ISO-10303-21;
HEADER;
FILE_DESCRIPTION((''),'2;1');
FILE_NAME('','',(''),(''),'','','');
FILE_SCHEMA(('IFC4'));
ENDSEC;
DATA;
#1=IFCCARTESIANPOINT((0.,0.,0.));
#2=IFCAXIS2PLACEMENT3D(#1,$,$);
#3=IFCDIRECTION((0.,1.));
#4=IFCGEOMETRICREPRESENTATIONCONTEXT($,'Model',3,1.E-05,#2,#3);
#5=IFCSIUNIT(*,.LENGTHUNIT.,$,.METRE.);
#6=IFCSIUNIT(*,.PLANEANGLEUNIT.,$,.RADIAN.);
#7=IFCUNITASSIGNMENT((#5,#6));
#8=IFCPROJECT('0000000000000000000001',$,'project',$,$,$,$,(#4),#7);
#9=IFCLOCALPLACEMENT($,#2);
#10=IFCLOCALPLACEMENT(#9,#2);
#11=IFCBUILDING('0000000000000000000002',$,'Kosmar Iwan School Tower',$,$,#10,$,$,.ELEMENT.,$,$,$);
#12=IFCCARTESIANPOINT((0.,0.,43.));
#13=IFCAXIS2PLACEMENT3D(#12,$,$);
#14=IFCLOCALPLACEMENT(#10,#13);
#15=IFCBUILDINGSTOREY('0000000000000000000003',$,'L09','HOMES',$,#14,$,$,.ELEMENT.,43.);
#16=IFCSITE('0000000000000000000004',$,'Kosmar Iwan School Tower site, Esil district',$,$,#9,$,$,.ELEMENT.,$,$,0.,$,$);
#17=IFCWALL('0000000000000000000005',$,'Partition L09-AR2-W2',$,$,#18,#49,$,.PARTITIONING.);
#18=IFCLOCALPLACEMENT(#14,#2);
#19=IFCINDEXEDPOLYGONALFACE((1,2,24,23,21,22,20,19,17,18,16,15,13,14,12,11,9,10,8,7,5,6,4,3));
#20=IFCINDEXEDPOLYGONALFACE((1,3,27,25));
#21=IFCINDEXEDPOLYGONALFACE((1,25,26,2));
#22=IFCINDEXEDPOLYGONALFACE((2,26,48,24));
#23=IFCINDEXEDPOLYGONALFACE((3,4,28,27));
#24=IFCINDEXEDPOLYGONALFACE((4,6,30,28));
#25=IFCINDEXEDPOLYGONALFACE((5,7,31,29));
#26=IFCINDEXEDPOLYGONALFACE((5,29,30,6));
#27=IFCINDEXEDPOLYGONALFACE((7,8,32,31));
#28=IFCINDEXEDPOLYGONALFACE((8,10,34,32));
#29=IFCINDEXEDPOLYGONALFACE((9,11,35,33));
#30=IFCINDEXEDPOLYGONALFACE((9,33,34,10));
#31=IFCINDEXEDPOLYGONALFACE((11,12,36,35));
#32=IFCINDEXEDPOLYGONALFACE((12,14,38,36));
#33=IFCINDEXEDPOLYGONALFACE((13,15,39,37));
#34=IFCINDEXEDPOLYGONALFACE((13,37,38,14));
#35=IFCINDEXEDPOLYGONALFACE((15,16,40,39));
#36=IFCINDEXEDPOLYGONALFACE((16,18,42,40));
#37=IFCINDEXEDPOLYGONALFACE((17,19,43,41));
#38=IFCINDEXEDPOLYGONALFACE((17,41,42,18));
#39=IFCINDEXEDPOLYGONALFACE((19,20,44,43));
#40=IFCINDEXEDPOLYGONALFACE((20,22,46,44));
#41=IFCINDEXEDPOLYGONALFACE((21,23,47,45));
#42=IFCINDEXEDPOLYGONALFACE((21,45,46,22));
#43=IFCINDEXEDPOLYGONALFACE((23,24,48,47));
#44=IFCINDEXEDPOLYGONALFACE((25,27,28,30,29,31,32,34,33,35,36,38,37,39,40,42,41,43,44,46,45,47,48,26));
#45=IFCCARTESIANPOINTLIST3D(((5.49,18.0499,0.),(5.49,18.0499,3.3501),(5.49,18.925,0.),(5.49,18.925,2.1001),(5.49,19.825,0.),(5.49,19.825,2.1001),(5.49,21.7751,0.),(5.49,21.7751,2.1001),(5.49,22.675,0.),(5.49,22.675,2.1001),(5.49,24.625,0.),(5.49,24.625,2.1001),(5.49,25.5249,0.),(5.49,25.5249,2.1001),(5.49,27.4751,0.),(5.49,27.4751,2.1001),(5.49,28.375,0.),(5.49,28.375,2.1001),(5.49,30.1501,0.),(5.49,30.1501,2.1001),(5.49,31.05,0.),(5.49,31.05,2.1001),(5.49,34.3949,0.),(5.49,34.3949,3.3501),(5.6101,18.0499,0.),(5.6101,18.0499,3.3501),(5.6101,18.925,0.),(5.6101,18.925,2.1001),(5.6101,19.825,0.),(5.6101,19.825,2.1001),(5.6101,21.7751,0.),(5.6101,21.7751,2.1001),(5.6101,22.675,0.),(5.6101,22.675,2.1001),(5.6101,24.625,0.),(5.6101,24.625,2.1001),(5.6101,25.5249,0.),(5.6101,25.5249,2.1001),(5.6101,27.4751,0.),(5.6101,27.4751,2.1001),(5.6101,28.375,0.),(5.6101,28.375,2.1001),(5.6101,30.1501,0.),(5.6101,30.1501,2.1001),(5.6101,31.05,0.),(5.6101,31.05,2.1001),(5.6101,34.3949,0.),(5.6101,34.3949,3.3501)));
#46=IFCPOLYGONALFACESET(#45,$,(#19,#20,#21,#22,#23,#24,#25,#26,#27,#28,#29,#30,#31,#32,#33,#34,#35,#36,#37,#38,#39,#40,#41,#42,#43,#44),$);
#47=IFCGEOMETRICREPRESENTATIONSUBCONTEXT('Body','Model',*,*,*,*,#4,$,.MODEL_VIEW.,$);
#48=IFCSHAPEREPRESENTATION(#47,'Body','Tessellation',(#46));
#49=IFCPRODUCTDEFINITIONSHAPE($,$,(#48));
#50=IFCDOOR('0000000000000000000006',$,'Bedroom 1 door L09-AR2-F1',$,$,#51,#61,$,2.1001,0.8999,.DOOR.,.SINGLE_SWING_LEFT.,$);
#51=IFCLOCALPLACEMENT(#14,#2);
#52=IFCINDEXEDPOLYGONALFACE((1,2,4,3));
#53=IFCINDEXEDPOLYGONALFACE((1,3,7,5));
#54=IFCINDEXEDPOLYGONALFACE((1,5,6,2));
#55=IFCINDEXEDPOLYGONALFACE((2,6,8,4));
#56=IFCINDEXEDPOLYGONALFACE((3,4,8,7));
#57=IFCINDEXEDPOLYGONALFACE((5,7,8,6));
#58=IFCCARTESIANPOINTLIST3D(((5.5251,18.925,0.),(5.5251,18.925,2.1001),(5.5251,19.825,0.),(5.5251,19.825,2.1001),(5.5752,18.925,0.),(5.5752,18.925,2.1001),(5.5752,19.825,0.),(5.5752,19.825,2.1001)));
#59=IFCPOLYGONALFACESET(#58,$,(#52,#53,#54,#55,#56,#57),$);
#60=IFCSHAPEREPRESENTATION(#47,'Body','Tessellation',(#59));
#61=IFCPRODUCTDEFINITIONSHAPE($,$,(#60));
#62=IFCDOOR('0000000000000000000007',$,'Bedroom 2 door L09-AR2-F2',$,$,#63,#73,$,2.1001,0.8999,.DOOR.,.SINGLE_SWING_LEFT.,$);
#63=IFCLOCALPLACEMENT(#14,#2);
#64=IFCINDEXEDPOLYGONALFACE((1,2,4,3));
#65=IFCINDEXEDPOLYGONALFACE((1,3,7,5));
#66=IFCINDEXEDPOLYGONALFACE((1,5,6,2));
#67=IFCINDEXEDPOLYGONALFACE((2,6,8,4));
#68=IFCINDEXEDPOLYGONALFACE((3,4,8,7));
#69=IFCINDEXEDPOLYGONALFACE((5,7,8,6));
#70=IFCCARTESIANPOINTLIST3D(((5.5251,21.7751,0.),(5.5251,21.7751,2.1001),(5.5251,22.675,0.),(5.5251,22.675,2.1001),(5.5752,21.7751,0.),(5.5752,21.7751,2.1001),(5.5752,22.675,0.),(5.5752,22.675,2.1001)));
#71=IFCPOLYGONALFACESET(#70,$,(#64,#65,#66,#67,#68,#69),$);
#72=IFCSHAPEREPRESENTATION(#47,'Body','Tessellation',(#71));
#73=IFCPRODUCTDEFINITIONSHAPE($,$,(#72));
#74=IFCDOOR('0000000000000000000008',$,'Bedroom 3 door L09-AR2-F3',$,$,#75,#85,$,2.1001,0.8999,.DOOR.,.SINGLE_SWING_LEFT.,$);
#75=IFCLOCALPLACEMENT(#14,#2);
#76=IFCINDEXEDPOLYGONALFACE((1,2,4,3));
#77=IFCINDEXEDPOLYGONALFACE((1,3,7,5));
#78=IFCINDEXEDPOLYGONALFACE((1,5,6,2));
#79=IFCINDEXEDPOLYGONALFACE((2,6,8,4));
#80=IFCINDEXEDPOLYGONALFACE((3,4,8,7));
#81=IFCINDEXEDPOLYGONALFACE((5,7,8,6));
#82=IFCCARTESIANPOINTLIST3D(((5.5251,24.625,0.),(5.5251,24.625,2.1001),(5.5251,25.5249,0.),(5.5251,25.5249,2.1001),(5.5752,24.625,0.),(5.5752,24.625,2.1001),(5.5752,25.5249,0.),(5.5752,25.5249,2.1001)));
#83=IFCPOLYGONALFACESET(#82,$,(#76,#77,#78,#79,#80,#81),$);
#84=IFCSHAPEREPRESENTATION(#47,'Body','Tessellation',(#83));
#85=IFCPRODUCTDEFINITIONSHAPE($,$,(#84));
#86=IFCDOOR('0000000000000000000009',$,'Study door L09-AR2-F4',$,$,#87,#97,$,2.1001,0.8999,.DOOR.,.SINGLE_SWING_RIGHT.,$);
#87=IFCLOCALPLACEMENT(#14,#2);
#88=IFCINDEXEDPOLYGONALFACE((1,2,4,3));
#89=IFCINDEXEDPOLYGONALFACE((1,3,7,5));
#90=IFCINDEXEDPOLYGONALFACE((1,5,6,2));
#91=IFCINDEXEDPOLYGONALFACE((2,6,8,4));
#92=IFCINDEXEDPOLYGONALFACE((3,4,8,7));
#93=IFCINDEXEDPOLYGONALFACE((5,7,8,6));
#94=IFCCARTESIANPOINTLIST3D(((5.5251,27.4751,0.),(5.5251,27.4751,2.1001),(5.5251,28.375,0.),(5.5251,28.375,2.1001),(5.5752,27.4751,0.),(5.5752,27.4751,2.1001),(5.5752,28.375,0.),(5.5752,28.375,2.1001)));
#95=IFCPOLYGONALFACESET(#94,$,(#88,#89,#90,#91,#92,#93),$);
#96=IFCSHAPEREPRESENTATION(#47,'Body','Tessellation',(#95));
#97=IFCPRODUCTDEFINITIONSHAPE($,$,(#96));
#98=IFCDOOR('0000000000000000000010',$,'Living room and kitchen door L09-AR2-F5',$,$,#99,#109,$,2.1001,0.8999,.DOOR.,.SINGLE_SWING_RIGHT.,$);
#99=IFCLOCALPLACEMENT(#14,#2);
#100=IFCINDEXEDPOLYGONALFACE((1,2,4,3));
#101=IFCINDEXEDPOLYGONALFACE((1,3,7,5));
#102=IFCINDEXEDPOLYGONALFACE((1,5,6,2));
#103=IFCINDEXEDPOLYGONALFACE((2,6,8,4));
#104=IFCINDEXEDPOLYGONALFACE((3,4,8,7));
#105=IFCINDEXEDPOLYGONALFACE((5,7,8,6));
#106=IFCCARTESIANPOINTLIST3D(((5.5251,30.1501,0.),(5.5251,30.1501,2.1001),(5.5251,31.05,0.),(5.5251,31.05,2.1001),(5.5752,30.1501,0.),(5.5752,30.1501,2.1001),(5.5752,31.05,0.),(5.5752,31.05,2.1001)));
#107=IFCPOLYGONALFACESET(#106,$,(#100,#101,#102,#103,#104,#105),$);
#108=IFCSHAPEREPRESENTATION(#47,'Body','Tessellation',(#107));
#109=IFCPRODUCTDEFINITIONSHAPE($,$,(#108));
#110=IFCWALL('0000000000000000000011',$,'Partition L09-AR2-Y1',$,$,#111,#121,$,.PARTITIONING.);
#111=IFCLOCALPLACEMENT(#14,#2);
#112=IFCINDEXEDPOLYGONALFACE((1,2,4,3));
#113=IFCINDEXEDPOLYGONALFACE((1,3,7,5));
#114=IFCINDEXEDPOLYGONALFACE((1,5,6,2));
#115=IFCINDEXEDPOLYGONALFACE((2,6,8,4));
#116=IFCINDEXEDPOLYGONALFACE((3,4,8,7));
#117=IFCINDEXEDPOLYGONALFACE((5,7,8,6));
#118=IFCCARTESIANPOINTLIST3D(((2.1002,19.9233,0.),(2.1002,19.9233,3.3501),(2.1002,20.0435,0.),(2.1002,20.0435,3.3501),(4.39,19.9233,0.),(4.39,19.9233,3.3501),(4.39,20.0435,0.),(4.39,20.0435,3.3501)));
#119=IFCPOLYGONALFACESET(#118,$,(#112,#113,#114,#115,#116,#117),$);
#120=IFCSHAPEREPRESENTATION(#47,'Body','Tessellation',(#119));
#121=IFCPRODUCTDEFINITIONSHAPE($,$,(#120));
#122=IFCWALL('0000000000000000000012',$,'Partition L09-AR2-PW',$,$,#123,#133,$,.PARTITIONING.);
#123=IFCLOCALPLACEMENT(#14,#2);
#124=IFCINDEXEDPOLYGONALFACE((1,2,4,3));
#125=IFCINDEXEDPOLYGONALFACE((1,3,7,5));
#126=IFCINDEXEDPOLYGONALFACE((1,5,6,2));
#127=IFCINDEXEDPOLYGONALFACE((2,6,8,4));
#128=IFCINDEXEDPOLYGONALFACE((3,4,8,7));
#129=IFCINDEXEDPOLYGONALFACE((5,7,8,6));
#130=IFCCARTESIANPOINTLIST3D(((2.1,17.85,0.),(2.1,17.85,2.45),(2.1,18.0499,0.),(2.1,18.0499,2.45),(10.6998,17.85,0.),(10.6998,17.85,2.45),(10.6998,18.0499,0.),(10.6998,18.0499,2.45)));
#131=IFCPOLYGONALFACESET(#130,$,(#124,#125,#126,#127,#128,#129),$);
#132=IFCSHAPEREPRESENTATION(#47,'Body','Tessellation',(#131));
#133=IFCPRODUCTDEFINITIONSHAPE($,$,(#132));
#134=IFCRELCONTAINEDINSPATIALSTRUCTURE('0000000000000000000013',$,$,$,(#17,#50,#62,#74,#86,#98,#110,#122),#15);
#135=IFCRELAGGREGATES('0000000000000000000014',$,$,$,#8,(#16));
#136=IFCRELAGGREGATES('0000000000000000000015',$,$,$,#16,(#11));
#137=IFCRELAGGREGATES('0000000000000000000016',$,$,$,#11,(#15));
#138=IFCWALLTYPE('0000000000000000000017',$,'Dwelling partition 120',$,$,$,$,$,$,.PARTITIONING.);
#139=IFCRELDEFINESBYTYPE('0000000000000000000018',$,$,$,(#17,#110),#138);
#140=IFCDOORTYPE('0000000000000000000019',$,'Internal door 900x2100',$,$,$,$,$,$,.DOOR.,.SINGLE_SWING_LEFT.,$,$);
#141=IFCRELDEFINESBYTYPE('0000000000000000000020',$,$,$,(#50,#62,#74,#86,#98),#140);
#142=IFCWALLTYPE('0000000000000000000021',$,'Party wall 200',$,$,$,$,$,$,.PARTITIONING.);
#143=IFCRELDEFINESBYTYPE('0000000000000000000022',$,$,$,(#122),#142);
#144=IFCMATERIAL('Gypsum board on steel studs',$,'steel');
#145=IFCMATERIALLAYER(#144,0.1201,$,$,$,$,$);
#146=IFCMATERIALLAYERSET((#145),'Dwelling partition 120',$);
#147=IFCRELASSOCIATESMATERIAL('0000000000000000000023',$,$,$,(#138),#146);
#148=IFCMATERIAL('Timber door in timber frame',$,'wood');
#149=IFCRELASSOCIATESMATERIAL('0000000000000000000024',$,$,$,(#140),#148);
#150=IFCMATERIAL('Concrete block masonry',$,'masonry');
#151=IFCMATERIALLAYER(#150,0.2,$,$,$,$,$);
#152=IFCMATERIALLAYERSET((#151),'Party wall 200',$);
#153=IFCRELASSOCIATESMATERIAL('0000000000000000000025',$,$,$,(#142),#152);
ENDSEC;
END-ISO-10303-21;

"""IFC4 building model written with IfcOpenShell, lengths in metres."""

from ifc_helpers import new_model, si_unit, direction, frame, frame_2d, origin, place, context, subcontext, project, spatial, rectangle, extrude, material, layer, layer_set, type_object, element, fill, save


model = new_model("IFC4")

# Units and contexts
model_context = context("Model", 3, precision=1e-05, world=origin(), true_north=direction((0.0, 1.0)))
body_context = subcontext(model_context, "Body", "Model", "MODEL_VIEW")
ifc_project = project(units=[si_unit("LENGTHUNIT", "METRE"), si_unit("PLANEANGLEUNIT", "RADIAN")], contexts=[model_context])

# Site, building, storey
site_placement = place(None, origin())
site = spatial("IfcSite", under=ifc_project, at=site_placement, Name="Kosmar Iwan School Tower site, Esil district", CompositionType="ELEMENT", RefElevation=0.0)
building_placement = place(site_placement, origin())
building = spatial("IfcBuilding", under=site, at=building_placement, Name="Kosmar Iwan School Tower", CompositionType="ELEMENT")
storey_placement = place(building_placement, frame((0.0, 0.0, 43.0)))
storey = spatial("IfcBuildingStorey", under=building, at=storey_placement, Name="L09", Description="HOMES", CompositionType="ELEMENT", Elevation=43.0)

# Shared definitions
ifc_material_1 = material(Name="Gypsum board on steel studs", Category="steel")
ifc_layer_1 = layer(ifc_material_1, 0.1201)
ifc_layer_set_1 = layer_set([ifc_layer_1], Name="Dwelling partition 120")
wall_type_1 = type_object("IfcWallType", Name="Dwelling partition 120", PredefinedType="PARTITIONING", material=ifc_layer_set_1)

# Wall, openings, doors
ifc_material_2 = material(Name="Timber door in timber frame", Category="wood")
door_type_1 = type_object("IfcDoorType", Name="Internal door 900x2100", OperationType="SINGLE_SWING_LEFT", PredefinedType="DOOR", material=ifc_material_2)
wall_1_placement = place(storey_placement, frame((5.55, 18.05, 0.0), z_axis=(0.0, 0.0, 1.0), x_axis=(0.0, 1.0, 0.0)))
wall_1 = element("IfcWall", 1, at=wall_1_placement, inside=storey, type_object=wall_type_1, Name="Partition L09-AR2-W2", PredefinedType="PARTITIONING", context=body_context, shape_type="SweptSolid", body=[
    extrude(rectangle(XDim=16.345, YDim=0.1201, at=frame_2d((8.1724, 0.0))), origin(), (0.0, 0.0, 1.0), 3.3501),
])
opening_1_placement = place(wall_1_placement, frame((0.875, 0.0, 0.0)))
opening_1 = element("IfcOpeningElement", 2, at=opening_1_placement, cuts=wall_1, PredefinedType="OPENING", context=body_context, shape_type="SweptSolid", body=[
    extrude(rectangle(XDim=0.8999, YDim=2.1001, at=frame_2d((0.45, 1.05))), frame((0.0, 0.072, 0.0), z_axis=(0.0, -1.0, 0.0), x_axis=(1.0, 0.0, 0.0)), (0.0, 0.0, 1.0), 0.144),
])
opening_2_placement = place(wall_1_placement, frame((3.7251, 0.0, 0.0)))
opening_2 = element("IfcOpeningElement", 3, at=opening_2_placement, cuts=wall_1, PredefinedType="OPENING", context=body_context, shape_type="SweptSolid", body=[
    extrude(rectangle(XDim=0.8999, YDim=2.1001, at=frame_2d((0.45, 1.05))), frame((0.0, 0.072, 0.0), z_axis=(0.0, -1.0, 0.0), x_axis=(1.0, 0.0, 0.0)), (0.0, 0.0, 1.0), 0.144),
])
opening_3_placement = place(wall_1_placement, frame((6.575, 0.0, 0.0)))
opening_3 = element("IfcOpeningElement", 4, at=opening_3_placement, cuts=wall_1, PredefinedType="OPENING", context=body_context, shape_type="SweptSolid", body=[
    extrude(rectangle(XDim=0.8999, YDim=2.1001, at=frame_2d((0.45, 1.05))), frame((0.0, 0.072, 0.0), z_axis=(0.0, -1.0, 0.0), x_axis=(1.0, 0.0, 0.0)), (0.0, 0.0, 1.0), 0.144),
])
opening_4_placement = place(wall_1_placement, frame((9.425, 0.0, 0.0)))
opening_4 = element("IfcOpeningElement", 5, at=opening_4_placement, cuts=wall_1, PredefinedType="OPENING", context=body_context, shape_type="SweptSolid", body=[
    extrude(rectangle(XDim=0.8999, YDim=2.1001, at=frame_2d((0.45, 1.05))), frame((0.0, 0.072, 0.0), z_axis=(0.0, -1.0, 0.0), x_axis=(1.0, 0.0, 0.0)), (0.0, 0.0, 1.0), 0.144),
])
opening_5_placement = place(wall_1_placement, frame((12.1001, 0.0, 0.0)))
opening_5 = element("IfcOpeningElement", 6, at=opening_5_placement, cuts=wall_1, PredefinedType="OPENING", context=body_context, shape_type="SweptSolid", body=[
    extrude(rectangle(XDim=0.8999, YDim=2.1001, at=frame_2d((0.45, 1.05))), frame((0.0, 0.072, 0.0), z_axis=(0.0, -1.0, 0.0), x_axis=(1.0, 0.0, 0.0)), (0.0, 0.0, 1.0), 0.144),
])
door_1_placement = place(opening_1_placement, origin())
door_1 = element("IfcDoor", 7, at=door_1_placement, inside=storey, type_object=door_type_1, Name="Bedroom 1 door L09-AR2-F1", OperationType="SINGLE_SWING_LEFT", OverallHeight=2.1001, OverallWidth=0.8999, PredefinedType="DOOR", context=body_context, shape_type="SweptSolid", body=[
    extrude(rectangle(XDim=0.8999, YDim=2.1001, at=frame_2d((0.45, 1.05))), frame((0.0, 0.0249, 0.0), z_axis=(0.0, -1.0, 0.0), x_axis=(1.0, 0.0, 0.0)), (0.0, 0.0, 1.0), 0.05),
])
fill(opening_1, door_1)
door_2_placement = place(opening_2_placement, origin())
door_2 = element("IfcDoor", 8, at=door_2_placement, inside=storey, type_object=door_type_1, Name="Bedroom 2 door L09-AR2-F2", OperationType="SINGLE_SWING_LEFT", OverallHeight=2.1001, OverallWidth=0.8999, PredefinedType="DOOR", context=body_context, shape_type="SweptSolid", body=[
    extrude(rectangle(XDim=0.8999, YDim=2.1001, at=frame_2d((0.45, 1.05))), frame((0.0, 0.0249, 0.0), z_axis=(0.0, -1.0, 0.0), x_axis=(1.0, 0.0, 0.0)), (0.0, 0.0, 1.0), 0.05),
])
fill(opening_2, door_2)
door_3_placement = place(opening_3_placement, origin())
door_3 = element("IfcDoor", 9, at=door_3_placement, inside=storey, type_object=door_type_1, Name="Bedroom 3 door L09-AR2-F3", OperationType="SINGLE_SWING_LEFT", OverallHeight=2.1001, OverallWidth=0.8999, PredefinedType="DOOR", context=body_context, shape_type="SweptSolid", body=[
    extrude(rectangle(XDim=0.8999, YDim=2.1001, at=frame_2d((0.45, 1.05))), frame((0.0, 0.0249, 0.0), z_axis=(0.0, -1.0, 0.0), x_axis=(1.0, 0.0, 0.0)), (0.0, 0.0, 1.0), 0.05),
])
fill(opening_3, door_3)
door_4_placement = place(opening_4_placement, origin())
door_4 = element("IfcDoor", 10, at=door_4_placement, inside=storey, type_object=door_type_1, Name="Study door L09-AR2-F4", OperationType="SINGLE_SWING_RIGHT", OverallHeight=2.1001, OverallWidth=0.8999, PredefinedType="DOOR", context=body_context, shape_type="SweptSolid", body=[
    extrude(rectangle(XDim=0.8999, YDim=2.1001, at=frame_2d((0.45, 1.05))), frame((0.0, 0.0249, 0.0), z_axis=(0.0, -1.0, 0.0), x_axis=(1.0, 0.0, 0.0)), (0.0, 0.0, 1.0), 0.05),
])
fill(opening_4, door_4)
door_5_placement = place(opening_5_placement, origin())
door_5 = element("IfcDoor", 11, at=door_5_placement, inside=storey, type_object=door_type_1, Name="Living room and kitchen door L09-AR2-F5", OperationType="SINGLE_SWING_RIGHT", OverallHeight=2.1001, OverallWidth=0.8999, PredefinedType="DOOR", context=body_context, shape_type="SweptSolid", body=[
    extrude(rectangle(XDim=0.8999, YDim=2.1001, at=frame_2d((0.45, 1.05))), frame((0.0, 0.0249, 0.0), z_axis=(0.0, -1.0, 0.0), x_axis=(1.0, 0.0, 0.0)), (0.0, 0.0, 1.0), 0.05),
])
fill(opening_5, door_5)

# Walls
wall_2_placement = place(storey_placement, frame((2.1001, 19.9834, 0.0), z_axis=(0.0, 0.0, 1.0), x_axis=(1.0, 0.0, 0.0)))
element("IfcWall", 12, at=wall_2_placement, inside=storey, type_object=wall_type_1, Name="Partition L09-AR2-Y1", PredefinedType="PARTITIONING", context=body_context, shape_type="SweptSolid", body=[
    extrude(rectangle(XDim=2.2898, YDim=0.1201, at=frame_2d((1.145, 0.0))), origin(), (0.0, 0.0, 1.0), 3.3501),
])
ifc_material_3 = material(Name="Concrete block masonry", Category="masonry")
ifc_layer_2 = layer(ifc_material_3, 0.2)
ifc_layer_set_2 = layer_set([ifc_layer_2], Name="Party wall 200")
wall_type_2 = type_object("IfcWallType", Name="Party wall 200", PredefinedType="PARTITIONING", material=ifc_layer_set_2)
wall_3_placement = place(storey_placement, frame((2.1001, 17.95, 0.0), z_axis=(0.0, 0.0, 1.0), x_axis=(1.0, 0.0, 0.0)))
element("IfcWall", 13, at=wall_3_placement, inside=storey, type_object=wall_type_2, Name="Partition L09-AR2-PW", PredefinedType="PARTITIONING", context=body_context, shape_type="SweptSolid", body=[
    extrude(rectangle(XDim=8.5999, YDim=0.2, at=frame_2d((4.2998, 0.0))), origin(), (0.0, 0.0, 1.0), 2.45),
])

save(model, "model.ifc")
